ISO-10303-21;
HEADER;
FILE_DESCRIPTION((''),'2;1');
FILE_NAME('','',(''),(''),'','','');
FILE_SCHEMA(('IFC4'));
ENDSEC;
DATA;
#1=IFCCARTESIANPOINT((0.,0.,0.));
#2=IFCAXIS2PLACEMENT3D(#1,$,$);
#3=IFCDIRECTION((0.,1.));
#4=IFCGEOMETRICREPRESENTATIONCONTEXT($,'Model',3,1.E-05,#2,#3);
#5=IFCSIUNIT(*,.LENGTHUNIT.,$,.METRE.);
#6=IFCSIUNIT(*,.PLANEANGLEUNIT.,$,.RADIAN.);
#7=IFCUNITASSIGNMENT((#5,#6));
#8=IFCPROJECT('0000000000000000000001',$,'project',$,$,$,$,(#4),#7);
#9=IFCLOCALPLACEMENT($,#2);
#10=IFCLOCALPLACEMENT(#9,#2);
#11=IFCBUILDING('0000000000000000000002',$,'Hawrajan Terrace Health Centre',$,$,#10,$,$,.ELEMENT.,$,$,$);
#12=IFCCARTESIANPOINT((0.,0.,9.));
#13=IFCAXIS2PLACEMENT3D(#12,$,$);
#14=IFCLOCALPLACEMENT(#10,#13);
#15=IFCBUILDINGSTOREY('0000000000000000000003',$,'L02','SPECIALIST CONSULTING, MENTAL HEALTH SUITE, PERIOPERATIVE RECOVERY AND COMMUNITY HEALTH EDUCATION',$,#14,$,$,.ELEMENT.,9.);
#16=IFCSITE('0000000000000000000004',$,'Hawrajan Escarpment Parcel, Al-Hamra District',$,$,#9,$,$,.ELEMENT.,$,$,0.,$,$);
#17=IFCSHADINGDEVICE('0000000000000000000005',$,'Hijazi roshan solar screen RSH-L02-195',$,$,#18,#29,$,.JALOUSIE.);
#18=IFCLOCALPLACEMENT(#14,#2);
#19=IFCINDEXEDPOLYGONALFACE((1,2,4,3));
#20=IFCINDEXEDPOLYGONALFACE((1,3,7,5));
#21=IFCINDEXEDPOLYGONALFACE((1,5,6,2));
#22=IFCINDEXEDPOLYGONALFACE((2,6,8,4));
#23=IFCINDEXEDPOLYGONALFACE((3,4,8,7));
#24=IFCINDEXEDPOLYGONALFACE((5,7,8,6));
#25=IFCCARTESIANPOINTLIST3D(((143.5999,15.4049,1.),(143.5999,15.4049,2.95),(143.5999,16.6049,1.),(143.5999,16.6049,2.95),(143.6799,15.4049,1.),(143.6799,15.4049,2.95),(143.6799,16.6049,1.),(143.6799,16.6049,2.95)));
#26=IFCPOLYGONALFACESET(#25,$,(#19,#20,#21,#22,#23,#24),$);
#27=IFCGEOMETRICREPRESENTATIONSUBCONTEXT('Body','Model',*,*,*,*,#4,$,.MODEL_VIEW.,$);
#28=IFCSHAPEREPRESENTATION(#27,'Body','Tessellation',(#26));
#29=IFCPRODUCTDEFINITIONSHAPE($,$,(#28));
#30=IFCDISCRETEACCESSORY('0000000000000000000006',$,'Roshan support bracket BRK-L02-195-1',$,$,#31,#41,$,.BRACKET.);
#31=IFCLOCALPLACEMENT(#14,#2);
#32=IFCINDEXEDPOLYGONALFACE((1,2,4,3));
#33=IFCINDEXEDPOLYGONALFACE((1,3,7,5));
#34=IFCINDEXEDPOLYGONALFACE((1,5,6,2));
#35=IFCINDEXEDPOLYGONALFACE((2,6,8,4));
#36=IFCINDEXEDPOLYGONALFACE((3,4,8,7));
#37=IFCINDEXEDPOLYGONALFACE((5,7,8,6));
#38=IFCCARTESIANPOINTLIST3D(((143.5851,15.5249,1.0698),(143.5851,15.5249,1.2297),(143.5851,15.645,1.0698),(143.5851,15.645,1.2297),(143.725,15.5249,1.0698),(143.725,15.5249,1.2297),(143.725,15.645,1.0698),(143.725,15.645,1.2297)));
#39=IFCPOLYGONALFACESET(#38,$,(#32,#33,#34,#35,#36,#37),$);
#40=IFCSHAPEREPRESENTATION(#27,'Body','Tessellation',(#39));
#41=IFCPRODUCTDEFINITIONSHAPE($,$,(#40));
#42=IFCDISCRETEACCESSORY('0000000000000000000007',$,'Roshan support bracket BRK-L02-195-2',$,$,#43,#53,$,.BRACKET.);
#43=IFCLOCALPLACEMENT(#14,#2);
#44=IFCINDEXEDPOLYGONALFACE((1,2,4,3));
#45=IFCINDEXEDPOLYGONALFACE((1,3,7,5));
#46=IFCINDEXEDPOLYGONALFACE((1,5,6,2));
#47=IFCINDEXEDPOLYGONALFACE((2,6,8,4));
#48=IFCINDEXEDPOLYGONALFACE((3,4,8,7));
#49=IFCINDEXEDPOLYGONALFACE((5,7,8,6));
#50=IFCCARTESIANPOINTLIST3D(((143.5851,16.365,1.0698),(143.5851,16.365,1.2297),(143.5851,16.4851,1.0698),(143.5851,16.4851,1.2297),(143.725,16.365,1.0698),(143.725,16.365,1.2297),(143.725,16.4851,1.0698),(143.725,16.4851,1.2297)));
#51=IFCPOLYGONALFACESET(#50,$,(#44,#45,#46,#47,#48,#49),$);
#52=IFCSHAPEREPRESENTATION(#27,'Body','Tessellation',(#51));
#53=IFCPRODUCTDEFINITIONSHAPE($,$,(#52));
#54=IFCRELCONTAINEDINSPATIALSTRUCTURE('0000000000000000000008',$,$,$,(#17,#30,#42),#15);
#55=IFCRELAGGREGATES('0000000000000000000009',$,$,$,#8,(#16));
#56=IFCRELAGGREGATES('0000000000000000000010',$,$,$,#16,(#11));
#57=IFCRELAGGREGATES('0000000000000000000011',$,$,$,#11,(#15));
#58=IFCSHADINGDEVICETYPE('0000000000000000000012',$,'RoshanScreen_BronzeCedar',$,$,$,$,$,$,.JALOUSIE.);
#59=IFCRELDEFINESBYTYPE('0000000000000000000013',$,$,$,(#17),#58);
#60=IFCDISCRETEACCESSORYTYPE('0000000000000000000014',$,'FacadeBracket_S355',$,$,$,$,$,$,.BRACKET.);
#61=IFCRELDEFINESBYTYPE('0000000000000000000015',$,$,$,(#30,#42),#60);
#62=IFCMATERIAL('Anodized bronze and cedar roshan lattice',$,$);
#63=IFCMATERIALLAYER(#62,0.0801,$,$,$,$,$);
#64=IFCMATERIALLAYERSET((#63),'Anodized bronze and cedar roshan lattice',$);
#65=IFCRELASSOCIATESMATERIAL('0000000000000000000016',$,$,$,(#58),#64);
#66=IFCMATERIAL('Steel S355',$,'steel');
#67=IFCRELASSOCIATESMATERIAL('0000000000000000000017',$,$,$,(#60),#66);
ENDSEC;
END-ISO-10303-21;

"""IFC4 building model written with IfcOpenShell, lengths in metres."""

from ifc_helpers import new_model, si_unit, direction, frame, origin, origin_2d, place, context, subcontext, project, spatial, rectangle, extrude, material, layer, layer_set, type_object, element, save


model = new_model("IFC4")

# Units and contexts
model_context = context("Model", 3, precision=1e-05, world=origin(), true_north=direction((0.0, 1.0)))
body_context = subcontext(model_context, "Body", "Model", "MODEL_VIEW")
ifc_project = project(units=[si_unit("LENGTHUNIT", "METRE"), si_unit("PLANEANGLEUNIT", "RADIAN")], contexts=[model_context])

# Site, building, storey
site_placement = place(None, origin())
site = spatial("IfcSite", under=ifc_project, at=site_placement, Name="Hawrajan Escarpment Parcel, Al-Hamra District", CompositionType="ELEMENT", RefElevation=0.0)
building_placement = place(site_placement, origin())
building = spatial("IfcBuilding", under=site, at=building_placement, Name="Hawrajan Terrace Health Centre", CompositionType="ELEMENT")
storey_placement = place(building_placement, frame((0.0, 0.0, 9.0)))
storey = spatial("IfcBuildingStorey", under=building, at=storey_placement, Name="L02", Description="SPECIALIST CONSULTING, MENTAL HEALTH SUITE, PERIOPERATIVE RECOVERY AND COMMUNITY HEALTH EDUCATION", CompositionType="ELEMENT", Elevation=9.0)

# Shading device
ifc_material_1 = material(Name="Anodized bronze and cedar roshan lattice")
ifc_layer_1 = layer(ifc_material_1, 0.0801)
ifc_layer_set_1 = layer_set([ifc_layer_1], Name="Anodized bronze and cedar roshan lattice")
shading_device_type_1 = type_object("IfcShadingDeviceType", Name="RoshanScreen_BronzeCedar", PredefinedType="JALOUSIE", material=ifc_layer_set_1)
shading_device_placement = place(storey_placement, frame((143.6399, 16.0049, 1.0), z_axis=(0.0, 0.0, 1.0), x_axis=(0.0, 1.0, 0.0)))
element("IfcShadingDevice", 1, at=shading_device_placement, inside=storey, type_object=shading_device_type_1, Name="Hijazi roshan solar screen RSH-L02-195", PredefinedType="JALOUSIE", context=body_context, shape_type="SweptSolid", body=[
    extrude(rectangle(XDim=1.2, YDim=0.0801, at=origin_2d()), origin(), (0.0, 0.0, 1.0), 1.95),
])

# Discrete accessories
ifc_material_2 = material(Name="Steel S355", Category="steel")
discrete_accessory_type = type_object("IfcDiscreteAccessoryType", Name="FacadeBracket_S355", PredefinedType="BRACKET", material=ifc_material_2)
for number, where, z_axis, x_axis, name in (
    (2, (143.655, 15.585, 1.0698), (0.0, 0.0, 1.0), (0.0, 1.0, 0.0), "Roshan support bracket BRK-L02-195-1"),
    (3, (143.655, 16.425, 1.0698), (0.0, 0.0, 1.0), (0.0, 1.0, 0.0), "Roshan support bracket BRK-L02-195-2"),
):
    element("IfcDiscreteAccessory", number, at=place(storey_placement, frame(where, z_axis=z_axis, x_axis=x_axis)), inside=storey, type_object=discrete_accessory_type, Name=name, PredefinedType="BRACKET", context=body_context, shape_type="SweptSolid", body=[
        extrude(rectangle(XDim=0.1201, YDim=0.1399, at=origin_2d()), origin(), (0.0, 0.0, 1.0), 0.1599),
    ])

save(model, "model.ifc")
